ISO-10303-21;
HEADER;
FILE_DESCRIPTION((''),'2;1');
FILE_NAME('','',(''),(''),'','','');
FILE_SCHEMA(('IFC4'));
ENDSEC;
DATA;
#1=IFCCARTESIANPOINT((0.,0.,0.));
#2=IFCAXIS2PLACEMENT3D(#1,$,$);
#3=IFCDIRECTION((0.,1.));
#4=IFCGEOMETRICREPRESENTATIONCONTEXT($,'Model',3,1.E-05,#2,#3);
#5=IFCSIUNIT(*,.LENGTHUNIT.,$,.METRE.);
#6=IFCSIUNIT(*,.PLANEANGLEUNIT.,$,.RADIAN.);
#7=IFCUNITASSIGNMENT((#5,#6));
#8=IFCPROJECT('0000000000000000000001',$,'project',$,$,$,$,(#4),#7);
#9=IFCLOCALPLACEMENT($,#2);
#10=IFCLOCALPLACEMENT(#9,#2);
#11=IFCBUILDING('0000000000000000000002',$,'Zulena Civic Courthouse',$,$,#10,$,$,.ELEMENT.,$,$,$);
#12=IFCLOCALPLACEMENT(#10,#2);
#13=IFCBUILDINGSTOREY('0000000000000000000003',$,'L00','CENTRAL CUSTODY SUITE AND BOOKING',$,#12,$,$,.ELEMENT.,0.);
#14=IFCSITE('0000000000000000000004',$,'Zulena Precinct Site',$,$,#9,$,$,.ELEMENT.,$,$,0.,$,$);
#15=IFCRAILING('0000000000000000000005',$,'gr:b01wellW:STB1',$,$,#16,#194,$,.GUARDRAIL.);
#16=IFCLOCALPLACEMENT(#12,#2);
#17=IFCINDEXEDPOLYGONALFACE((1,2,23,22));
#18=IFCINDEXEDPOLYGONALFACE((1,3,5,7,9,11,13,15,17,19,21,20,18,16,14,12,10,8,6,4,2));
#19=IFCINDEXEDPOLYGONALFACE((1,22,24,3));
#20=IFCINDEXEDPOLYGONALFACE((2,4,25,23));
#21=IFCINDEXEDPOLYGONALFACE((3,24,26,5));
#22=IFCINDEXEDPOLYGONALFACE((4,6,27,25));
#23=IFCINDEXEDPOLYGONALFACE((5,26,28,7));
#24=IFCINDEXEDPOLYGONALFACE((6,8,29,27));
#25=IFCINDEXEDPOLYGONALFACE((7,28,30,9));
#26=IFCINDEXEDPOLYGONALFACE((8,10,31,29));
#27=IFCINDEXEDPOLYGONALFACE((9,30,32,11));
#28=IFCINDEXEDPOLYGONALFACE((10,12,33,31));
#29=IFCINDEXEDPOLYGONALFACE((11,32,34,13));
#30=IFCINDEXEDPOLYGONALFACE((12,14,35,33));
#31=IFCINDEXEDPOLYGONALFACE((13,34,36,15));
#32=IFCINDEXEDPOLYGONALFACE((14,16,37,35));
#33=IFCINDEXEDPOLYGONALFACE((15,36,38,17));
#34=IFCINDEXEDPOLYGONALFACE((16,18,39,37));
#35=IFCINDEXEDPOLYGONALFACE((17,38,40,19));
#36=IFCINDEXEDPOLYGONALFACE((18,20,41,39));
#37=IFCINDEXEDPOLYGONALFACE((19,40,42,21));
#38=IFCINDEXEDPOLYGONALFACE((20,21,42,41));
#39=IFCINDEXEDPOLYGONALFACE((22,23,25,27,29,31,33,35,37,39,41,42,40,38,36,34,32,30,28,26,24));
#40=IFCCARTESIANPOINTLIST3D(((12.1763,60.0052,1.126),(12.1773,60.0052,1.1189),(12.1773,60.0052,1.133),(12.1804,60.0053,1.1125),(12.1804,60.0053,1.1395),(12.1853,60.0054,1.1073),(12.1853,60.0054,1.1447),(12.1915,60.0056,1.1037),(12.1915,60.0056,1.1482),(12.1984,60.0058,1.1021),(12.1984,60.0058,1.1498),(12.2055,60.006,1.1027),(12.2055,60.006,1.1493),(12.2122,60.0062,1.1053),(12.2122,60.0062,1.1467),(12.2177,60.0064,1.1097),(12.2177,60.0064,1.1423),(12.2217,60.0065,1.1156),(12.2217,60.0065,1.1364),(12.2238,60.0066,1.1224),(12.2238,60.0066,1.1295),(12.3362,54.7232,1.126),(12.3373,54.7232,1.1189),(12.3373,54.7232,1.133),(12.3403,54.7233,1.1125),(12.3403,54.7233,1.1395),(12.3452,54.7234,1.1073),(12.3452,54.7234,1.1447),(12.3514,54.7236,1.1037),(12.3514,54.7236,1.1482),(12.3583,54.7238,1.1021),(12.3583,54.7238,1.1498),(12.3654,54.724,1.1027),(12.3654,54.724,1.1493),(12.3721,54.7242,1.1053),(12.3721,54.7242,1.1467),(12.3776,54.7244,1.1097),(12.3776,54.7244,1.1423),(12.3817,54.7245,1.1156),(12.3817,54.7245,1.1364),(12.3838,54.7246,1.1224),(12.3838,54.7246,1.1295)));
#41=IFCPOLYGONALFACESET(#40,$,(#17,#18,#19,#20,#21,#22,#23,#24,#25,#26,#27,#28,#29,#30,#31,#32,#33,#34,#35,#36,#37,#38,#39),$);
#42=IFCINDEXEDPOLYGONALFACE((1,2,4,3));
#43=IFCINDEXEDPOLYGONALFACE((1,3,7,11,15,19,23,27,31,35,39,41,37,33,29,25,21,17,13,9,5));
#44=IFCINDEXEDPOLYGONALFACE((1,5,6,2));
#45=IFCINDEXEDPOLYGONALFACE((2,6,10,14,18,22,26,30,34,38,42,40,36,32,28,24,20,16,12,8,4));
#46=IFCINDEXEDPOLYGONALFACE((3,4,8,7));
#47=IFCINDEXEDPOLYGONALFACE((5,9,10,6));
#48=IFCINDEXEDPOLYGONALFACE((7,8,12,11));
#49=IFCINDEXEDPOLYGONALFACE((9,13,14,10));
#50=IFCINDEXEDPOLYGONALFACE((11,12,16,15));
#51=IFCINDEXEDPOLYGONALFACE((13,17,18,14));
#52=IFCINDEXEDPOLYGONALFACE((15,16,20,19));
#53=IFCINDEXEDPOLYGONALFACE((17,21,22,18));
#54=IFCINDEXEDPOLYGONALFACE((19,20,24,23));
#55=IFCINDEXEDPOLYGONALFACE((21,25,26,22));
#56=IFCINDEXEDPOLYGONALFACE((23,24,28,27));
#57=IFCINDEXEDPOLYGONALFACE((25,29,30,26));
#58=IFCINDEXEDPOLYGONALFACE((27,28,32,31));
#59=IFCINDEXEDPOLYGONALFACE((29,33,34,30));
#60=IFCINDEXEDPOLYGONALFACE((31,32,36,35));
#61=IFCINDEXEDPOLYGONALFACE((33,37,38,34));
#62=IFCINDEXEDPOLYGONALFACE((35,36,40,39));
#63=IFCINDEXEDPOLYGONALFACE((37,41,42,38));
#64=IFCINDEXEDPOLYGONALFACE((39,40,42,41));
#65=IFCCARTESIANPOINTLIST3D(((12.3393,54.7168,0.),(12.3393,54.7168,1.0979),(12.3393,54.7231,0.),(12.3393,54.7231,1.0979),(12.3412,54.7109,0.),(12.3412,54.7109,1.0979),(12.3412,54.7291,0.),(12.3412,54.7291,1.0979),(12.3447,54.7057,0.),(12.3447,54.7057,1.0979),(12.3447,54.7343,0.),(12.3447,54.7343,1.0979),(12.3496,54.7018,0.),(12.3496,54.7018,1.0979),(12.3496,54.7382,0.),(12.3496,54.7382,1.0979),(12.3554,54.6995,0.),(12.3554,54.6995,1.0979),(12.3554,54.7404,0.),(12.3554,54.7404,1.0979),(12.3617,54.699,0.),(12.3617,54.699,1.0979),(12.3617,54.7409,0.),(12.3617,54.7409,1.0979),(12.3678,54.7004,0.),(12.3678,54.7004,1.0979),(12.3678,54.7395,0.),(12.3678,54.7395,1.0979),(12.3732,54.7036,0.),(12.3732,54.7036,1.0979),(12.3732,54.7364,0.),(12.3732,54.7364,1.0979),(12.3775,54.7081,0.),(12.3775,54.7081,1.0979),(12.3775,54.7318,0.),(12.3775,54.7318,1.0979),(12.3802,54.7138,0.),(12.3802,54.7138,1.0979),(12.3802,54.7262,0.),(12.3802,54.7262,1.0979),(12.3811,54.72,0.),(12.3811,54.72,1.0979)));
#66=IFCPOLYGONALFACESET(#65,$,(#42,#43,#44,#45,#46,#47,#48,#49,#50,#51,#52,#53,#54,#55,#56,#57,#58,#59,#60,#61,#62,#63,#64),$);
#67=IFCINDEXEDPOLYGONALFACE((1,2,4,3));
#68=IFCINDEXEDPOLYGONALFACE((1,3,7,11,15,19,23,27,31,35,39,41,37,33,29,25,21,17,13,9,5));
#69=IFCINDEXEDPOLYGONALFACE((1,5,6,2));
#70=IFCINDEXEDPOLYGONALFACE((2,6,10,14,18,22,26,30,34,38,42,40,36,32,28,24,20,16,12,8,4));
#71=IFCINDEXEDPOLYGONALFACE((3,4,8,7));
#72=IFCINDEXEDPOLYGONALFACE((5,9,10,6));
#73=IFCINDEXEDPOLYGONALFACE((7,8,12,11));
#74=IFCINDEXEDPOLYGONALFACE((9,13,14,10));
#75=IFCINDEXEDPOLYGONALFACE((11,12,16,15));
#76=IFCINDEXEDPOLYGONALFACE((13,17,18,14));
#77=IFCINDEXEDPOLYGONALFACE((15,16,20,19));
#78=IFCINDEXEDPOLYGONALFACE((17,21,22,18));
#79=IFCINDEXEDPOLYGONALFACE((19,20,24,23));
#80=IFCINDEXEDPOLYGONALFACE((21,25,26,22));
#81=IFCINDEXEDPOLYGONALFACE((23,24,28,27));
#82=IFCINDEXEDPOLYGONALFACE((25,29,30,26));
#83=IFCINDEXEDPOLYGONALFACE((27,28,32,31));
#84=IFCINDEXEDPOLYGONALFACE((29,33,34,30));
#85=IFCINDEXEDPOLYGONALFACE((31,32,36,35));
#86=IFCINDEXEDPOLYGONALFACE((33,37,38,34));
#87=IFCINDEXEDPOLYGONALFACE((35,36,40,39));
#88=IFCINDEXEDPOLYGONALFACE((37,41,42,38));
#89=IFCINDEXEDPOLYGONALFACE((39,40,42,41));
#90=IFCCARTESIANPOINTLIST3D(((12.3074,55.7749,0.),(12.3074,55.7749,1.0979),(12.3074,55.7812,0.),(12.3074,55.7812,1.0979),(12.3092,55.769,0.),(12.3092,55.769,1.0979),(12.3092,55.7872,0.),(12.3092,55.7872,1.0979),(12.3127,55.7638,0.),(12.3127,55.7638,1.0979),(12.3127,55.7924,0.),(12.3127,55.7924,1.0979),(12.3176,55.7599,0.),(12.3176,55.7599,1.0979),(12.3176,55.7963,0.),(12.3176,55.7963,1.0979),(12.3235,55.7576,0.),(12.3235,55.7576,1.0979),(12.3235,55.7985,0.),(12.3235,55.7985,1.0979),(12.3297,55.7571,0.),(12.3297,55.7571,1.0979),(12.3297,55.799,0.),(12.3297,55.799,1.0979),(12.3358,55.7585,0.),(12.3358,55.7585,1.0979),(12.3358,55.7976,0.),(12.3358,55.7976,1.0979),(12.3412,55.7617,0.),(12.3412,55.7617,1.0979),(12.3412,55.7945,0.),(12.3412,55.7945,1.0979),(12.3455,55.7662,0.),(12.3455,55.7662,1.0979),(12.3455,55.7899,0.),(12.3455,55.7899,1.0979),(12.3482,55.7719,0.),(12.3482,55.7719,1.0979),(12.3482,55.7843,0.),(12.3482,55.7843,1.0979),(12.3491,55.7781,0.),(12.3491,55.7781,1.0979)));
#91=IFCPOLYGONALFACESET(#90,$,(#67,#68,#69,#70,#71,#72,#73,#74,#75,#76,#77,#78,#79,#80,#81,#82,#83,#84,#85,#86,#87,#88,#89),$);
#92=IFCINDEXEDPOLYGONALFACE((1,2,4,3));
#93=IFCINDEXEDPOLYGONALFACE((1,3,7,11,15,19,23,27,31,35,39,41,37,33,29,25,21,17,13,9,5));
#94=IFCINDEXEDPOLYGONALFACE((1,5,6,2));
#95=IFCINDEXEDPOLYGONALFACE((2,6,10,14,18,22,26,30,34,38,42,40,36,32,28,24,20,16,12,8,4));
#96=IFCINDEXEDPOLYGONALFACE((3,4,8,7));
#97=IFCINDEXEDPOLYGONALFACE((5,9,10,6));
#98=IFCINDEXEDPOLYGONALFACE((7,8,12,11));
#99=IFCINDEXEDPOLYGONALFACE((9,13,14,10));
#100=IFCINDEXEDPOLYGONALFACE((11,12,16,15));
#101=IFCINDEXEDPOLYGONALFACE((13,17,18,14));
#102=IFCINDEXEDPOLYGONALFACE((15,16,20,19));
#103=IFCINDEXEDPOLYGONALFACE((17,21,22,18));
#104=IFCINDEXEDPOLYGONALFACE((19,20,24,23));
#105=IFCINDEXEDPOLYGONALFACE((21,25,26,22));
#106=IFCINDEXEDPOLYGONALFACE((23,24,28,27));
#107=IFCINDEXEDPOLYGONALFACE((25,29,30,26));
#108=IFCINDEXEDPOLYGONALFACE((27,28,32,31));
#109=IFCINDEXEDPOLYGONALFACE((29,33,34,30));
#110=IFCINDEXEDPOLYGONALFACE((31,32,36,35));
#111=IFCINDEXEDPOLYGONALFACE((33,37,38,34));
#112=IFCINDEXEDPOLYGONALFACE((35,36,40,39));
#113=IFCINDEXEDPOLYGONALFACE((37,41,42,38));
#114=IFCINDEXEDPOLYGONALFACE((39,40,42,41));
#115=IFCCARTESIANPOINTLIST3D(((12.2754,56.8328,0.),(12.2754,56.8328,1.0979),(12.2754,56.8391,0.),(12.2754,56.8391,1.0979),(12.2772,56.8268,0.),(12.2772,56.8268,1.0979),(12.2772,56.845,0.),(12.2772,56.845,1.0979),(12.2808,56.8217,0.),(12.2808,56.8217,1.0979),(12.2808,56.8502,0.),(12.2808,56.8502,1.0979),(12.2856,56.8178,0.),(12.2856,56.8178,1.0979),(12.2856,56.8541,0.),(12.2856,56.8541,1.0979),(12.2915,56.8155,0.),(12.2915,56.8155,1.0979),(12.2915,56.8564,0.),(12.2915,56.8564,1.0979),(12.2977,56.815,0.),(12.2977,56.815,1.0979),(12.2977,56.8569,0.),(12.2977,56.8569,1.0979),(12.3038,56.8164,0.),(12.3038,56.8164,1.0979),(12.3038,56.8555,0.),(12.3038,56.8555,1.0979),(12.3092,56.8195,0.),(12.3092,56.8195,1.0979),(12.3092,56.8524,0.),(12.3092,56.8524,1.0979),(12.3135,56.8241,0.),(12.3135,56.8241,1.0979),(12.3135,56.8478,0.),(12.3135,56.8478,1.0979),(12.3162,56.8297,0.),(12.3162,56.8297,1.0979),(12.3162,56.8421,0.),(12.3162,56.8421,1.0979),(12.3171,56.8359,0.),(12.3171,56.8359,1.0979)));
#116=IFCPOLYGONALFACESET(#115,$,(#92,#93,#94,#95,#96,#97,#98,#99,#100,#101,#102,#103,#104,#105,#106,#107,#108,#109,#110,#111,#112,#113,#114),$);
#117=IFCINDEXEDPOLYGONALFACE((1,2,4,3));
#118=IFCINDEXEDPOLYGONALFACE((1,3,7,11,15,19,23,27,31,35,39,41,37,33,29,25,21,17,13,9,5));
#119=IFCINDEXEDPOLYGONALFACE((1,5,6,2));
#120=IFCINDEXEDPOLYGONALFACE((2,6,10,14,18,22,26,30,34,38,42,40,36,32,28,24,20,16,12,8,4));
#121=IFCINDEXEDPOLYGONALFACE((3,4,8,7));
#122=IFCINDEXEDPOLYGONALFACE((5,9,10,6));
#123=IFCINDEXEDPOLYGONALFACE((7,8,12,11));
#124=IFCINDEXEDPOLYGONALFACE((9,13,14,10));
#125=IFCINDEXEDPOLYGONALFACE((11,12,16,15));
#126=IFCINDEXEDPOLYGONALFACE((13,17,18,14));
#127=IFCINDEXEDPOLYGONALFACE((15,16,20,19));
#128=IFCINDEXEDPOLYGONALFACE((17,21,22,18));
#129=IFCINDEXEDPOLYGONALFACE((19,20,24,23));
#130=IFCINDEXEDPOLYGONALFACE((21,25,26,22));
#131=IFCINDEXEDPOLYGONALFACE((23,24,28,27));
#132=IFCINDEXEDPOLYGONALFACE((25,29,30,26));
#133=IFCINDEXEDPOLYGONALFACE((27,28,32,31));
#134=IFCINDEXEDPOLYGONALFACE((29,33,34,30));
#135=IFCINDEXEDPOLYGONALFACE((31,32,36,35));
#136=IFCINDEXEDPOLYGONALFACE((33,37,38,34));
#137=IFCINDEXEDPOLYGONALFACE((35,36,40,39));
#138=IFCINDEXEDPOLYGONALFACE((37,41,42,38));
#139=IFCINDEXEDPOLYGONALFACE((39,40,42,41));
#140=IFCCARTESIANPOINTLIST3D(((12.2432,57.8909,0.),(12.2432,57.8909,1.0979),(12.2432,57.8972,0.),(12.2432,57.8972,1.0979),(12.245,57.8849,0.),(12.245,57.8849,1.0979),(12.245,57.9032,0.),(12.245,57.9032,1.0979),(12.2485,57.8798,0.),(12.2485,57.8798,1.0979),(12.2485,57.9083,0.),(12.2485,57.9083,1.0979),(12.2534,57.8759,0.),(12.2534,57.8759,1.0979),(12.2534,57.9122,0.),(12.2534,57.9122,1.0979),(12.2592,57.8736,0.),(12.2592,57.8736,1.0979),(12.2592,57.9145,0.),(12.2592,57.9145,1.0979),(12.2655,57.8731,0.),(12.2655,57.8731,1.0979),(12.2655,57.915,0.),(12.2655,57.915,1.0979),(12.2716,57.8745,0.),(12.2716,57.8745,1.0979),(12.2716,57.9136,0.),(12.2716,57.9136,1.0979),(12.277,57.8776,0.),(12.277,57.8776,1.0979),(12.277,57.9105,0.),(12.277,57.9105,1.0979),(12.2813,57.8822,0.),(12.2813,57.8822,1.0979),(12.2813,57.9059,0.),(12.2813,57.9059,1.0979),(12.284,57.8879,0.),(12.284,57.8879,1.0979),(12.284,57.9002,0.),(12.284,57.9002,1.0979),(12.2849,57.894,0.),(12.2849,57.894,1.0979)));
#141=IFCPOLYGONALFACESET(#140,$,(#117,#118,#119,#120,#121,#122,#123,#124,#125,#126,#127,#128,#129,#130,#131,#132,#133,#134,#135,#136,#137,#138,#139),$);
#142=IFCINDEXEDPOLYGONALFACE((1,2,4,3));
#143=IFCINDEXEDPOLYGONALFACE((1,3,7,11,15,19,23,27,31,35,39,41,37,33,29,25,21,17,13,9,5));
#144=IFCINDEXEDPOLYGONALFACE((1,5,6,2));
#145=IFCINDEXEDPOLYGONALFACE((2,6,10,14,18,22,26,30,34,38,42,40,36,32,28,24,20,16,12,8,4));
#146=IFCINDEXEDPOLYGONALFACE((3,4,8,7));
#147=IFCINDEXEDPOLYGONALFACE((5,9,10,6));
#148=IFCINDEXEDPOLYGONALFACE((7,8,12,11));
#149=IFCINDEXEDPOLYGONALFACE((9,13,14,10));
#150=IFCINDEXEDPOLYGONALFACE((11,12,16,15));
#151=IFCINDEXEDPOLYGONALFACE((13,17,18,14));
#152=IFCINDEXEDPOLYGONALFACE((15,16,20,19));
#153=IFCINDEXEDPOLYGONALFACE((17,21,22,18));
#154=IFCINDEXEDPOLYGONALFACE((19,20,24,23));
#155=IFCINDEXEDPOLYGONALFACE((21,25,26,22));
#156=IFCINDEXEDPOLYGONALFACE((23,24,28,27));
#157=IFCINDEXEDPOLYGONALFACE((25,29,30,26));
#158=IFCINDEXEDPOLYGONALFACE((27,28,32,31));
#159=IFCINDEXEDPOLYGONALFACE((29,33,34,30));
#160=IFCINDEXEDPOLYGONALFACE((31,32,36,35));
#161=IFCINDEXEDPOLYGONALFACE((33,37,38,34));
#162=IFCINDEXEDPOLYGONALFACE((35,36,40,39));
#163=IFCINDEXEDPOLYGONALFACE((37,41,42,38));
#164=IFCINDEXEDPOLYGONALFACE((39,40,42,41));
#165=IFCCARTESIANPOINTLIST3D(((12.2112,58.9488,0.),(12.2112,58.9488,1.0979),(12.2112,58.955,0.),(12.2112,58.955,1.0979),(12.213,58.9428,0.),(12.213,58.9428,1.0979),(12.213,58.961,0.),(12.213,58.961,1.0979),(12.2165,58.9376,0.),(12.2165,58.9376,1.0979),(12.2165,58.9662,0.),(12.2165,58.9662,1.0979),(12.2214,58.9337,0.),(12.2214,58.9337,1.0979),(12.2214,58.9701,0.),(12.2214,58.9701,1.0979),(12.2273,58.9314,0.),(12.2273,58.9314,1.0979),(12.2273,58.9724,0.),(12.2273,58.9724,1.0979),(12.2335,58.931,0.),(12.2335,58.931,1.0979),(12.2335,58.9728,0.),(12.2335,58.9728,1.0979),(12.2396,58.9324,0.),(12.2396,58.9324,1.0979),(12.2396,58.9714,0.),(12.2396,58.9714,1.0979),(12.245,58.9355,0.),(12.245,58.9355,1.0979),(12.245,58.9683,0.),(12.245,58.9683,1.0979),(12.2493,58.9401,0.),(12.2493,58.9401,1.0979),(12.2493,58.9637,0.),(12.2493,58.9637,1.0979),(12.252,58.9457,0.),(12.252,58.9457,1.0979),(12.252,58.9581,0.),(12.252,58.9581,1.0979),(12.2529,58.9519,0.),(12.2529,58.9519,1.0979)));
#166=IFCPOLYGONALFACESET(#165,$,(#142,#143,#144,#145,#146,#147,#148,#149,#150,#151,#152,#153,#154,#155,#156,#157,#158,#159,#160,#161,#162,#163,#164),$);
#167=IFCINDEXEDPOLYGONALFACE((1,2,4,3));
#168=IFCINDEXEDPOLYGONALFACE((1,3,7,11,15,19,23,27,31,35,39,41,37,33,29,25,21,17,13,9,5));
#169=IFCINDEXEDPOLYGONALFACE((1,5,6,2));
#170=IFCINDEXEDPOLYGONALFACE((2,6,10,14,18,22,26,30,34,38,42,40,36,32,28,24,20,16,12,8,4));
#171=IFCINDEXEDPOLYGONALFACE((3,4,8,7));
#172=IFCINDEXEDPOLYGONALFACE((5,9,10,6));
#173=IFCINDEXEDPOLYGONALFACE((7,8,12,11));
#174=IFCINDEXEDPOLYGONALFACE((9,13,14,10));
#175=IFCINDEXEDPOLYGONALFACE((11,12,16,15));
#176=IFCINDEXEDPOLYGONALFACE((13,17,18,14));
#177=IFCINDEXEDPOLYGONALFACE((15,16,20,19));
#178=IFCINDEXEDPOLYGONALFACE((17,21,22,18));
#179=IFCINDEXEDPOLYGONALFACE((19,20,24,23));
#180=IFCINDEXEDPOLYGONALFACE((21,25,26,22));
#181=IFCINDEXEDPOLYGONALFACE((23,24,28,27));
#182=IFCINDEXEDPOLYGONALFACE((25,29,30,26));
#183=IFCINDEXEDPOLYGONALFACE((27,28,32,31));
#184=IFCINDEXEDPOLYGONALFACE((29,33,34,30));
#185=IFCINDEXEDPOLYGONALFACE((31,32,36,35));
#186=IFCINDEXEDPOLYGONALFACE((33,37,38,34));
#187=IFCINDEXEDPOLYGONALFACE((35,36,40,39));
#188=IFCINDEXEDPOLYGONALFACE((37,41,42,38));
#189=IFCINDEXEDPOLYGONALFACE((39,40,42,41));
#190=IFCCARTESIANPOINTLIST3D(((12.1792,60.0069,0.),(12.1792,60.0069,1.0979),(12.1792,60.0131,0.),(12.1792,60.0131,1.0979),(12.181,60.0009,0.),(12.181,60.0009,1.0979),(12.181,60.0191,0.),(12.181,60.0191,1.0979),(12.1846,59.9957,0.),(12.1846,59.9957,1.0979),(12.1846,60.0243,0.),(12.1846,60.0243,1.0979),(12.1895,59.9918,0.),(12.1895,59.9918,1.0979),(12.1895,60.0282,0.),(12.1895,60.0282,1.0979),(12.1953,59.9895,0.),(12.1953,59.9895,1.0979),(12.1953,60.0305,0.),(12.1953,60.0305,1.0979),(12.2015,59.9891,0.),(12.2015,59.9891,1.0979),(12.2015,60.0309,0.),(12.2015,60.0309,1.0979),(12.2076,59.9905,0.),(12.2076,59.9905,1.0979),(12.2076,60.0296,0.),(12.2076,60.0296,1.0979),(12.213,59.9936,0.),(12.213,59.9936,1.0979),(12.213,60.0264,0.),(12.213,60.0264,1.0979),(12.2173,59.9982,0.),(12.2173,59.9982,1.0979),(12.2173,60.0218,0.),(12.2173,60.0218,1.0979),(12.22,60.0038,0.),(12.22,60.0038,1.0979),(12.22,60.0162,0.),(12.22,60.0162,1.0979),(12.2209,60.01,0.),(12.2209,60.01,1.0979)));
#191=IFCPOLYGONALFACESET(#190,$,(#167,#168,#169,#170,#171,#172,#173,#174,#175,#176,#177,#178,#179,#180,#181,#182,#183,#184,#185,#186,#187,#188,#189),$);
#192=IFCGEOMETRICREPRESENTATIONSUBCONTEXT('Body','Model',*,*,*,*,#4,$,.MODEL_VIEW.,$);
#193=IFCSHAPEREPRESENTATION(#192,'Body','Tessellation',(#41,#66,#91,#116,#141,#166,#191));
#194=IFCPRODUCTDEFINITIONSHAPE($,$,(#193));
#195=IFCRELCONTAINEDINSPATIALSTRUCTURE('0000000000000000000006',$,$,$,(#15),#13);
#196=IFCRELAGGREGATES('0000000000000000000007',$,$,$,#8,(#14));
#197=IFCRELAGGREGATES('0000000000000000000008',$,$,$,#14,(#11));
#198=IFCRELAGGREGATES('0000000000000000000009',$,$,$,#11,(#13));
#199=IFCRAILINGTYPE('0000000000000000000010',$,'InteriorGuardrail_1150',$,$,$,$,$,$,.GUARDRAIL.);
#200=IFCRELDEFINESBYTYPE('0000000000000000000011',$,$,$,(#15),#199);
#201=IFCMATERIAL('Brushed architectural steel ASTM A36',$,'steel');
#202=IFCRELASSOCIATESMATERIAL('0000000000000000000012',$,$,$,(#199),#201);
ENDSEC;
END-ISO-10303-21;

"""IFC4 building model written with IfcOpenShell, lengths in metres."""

from ifc_helpers import new_model, si_unit, direction, frame, origin, origin_2d, place, context, subcontext, project, spatial, circle, extrude, material, type_object, element, save


model = new_model("IFC4")

# Units and contexts
model_context = context("Model", 3, precision=1e-05, world=origin(), true_north=direction((0.0, 1.0)))
body_context = subcontext(model_context, "Body", "Model", "MODEL_VIEW")
ifc_project = project(units=[si_unit("LENGTHUNIT", "METRE"), si_unit("PLANEANGLEUNIT", "RADIAN")], contexts=[model_context])

# Site, building, storey
site_placement = place(None, origin())
site = spatial("IfcSite", under=ifc_project, at=site_placement, Name="Zulena Precinct Site", CompositionType="ELEMENT", RefElevation=0.0)
building_placement = place(site_placement, origin())
building = spatial("IfcBuilding", under=site, at=building_placement, Name="Zulena Civic Courthouse", CompositionType="ELEMENT")
storey_placement = place(building_placement, origin())
storey = spatial("IfcBuildingStorey", under=building, at=storey_placement, Name="L00", Description="CENTRAL CUSTODY SUITE AND BOOKING", CompositionType="ELEMENT", Elevation=0.0)

# Railing
ifc_material_1 = material(Name="Brushed architectural steel ASTM A36", Category="steel")
railing_type = type_object("IfcRailingType", Name="InteriorGuardrail_1150", PredefinedType="GUARDRAIL", material=ifc_material_1)
railing_1_placement = place(storey_placement, frame((12.3601, 54.72, 0.0)))
element("IfcRailing", 1, at=railing_1_placement, inside=storey, type_object=railing_type, Name="gr:b01wellW:STB1", PredefinedType="GUARDRAIL", context=body_context, shape_type="SweptSolid", body=[
    extrude(circle(Radius=0.0239, at=origin_2d()), frame((0.0, 0.0039, 1.126), z_axis=(-0.030261, 0.999542, 0.0), x_axis=(-0.999542, -0.030261, 0.0)), (0.0, 0.0, 1.0), 5.2844),
    extrude(circle(Radius=0.021, at=origin_2d()), origin(), (0.0, 0.0, 1.0), 1.0979),
    extrude(circle(Radius=0.021, at=origin_2d()), frame((-0.032, 1.0581, 0.0)), (0.0, 0.0, 1.0), 1.0979),
    extrude(circle(Radius=0.021, at=origin_2d()), frame((-0.064, 2.116, 0.0)), (0.0, 0.0, 1.0), 1.0979),
    extrude(circle(Radius=0.021, at=origin_2d()), frame((-0.0962, 3.1741, 0.0)), (0.0, 0.0, 1.0), 1.0979),
    extrude(circle(Radius=0.021, at=origin_2d()), frame((-0.1282, 4.2319, 0.0)), (0.0, 0.0, 1.0), 1.0979),
    extrude(circle(Radius=0.021, at=origin_2d()), frame((-0.1602, 5.29, 0.0)), (0.0, 0.0, 1.0), 1.0979),
])

save(model, "model.ifc")
